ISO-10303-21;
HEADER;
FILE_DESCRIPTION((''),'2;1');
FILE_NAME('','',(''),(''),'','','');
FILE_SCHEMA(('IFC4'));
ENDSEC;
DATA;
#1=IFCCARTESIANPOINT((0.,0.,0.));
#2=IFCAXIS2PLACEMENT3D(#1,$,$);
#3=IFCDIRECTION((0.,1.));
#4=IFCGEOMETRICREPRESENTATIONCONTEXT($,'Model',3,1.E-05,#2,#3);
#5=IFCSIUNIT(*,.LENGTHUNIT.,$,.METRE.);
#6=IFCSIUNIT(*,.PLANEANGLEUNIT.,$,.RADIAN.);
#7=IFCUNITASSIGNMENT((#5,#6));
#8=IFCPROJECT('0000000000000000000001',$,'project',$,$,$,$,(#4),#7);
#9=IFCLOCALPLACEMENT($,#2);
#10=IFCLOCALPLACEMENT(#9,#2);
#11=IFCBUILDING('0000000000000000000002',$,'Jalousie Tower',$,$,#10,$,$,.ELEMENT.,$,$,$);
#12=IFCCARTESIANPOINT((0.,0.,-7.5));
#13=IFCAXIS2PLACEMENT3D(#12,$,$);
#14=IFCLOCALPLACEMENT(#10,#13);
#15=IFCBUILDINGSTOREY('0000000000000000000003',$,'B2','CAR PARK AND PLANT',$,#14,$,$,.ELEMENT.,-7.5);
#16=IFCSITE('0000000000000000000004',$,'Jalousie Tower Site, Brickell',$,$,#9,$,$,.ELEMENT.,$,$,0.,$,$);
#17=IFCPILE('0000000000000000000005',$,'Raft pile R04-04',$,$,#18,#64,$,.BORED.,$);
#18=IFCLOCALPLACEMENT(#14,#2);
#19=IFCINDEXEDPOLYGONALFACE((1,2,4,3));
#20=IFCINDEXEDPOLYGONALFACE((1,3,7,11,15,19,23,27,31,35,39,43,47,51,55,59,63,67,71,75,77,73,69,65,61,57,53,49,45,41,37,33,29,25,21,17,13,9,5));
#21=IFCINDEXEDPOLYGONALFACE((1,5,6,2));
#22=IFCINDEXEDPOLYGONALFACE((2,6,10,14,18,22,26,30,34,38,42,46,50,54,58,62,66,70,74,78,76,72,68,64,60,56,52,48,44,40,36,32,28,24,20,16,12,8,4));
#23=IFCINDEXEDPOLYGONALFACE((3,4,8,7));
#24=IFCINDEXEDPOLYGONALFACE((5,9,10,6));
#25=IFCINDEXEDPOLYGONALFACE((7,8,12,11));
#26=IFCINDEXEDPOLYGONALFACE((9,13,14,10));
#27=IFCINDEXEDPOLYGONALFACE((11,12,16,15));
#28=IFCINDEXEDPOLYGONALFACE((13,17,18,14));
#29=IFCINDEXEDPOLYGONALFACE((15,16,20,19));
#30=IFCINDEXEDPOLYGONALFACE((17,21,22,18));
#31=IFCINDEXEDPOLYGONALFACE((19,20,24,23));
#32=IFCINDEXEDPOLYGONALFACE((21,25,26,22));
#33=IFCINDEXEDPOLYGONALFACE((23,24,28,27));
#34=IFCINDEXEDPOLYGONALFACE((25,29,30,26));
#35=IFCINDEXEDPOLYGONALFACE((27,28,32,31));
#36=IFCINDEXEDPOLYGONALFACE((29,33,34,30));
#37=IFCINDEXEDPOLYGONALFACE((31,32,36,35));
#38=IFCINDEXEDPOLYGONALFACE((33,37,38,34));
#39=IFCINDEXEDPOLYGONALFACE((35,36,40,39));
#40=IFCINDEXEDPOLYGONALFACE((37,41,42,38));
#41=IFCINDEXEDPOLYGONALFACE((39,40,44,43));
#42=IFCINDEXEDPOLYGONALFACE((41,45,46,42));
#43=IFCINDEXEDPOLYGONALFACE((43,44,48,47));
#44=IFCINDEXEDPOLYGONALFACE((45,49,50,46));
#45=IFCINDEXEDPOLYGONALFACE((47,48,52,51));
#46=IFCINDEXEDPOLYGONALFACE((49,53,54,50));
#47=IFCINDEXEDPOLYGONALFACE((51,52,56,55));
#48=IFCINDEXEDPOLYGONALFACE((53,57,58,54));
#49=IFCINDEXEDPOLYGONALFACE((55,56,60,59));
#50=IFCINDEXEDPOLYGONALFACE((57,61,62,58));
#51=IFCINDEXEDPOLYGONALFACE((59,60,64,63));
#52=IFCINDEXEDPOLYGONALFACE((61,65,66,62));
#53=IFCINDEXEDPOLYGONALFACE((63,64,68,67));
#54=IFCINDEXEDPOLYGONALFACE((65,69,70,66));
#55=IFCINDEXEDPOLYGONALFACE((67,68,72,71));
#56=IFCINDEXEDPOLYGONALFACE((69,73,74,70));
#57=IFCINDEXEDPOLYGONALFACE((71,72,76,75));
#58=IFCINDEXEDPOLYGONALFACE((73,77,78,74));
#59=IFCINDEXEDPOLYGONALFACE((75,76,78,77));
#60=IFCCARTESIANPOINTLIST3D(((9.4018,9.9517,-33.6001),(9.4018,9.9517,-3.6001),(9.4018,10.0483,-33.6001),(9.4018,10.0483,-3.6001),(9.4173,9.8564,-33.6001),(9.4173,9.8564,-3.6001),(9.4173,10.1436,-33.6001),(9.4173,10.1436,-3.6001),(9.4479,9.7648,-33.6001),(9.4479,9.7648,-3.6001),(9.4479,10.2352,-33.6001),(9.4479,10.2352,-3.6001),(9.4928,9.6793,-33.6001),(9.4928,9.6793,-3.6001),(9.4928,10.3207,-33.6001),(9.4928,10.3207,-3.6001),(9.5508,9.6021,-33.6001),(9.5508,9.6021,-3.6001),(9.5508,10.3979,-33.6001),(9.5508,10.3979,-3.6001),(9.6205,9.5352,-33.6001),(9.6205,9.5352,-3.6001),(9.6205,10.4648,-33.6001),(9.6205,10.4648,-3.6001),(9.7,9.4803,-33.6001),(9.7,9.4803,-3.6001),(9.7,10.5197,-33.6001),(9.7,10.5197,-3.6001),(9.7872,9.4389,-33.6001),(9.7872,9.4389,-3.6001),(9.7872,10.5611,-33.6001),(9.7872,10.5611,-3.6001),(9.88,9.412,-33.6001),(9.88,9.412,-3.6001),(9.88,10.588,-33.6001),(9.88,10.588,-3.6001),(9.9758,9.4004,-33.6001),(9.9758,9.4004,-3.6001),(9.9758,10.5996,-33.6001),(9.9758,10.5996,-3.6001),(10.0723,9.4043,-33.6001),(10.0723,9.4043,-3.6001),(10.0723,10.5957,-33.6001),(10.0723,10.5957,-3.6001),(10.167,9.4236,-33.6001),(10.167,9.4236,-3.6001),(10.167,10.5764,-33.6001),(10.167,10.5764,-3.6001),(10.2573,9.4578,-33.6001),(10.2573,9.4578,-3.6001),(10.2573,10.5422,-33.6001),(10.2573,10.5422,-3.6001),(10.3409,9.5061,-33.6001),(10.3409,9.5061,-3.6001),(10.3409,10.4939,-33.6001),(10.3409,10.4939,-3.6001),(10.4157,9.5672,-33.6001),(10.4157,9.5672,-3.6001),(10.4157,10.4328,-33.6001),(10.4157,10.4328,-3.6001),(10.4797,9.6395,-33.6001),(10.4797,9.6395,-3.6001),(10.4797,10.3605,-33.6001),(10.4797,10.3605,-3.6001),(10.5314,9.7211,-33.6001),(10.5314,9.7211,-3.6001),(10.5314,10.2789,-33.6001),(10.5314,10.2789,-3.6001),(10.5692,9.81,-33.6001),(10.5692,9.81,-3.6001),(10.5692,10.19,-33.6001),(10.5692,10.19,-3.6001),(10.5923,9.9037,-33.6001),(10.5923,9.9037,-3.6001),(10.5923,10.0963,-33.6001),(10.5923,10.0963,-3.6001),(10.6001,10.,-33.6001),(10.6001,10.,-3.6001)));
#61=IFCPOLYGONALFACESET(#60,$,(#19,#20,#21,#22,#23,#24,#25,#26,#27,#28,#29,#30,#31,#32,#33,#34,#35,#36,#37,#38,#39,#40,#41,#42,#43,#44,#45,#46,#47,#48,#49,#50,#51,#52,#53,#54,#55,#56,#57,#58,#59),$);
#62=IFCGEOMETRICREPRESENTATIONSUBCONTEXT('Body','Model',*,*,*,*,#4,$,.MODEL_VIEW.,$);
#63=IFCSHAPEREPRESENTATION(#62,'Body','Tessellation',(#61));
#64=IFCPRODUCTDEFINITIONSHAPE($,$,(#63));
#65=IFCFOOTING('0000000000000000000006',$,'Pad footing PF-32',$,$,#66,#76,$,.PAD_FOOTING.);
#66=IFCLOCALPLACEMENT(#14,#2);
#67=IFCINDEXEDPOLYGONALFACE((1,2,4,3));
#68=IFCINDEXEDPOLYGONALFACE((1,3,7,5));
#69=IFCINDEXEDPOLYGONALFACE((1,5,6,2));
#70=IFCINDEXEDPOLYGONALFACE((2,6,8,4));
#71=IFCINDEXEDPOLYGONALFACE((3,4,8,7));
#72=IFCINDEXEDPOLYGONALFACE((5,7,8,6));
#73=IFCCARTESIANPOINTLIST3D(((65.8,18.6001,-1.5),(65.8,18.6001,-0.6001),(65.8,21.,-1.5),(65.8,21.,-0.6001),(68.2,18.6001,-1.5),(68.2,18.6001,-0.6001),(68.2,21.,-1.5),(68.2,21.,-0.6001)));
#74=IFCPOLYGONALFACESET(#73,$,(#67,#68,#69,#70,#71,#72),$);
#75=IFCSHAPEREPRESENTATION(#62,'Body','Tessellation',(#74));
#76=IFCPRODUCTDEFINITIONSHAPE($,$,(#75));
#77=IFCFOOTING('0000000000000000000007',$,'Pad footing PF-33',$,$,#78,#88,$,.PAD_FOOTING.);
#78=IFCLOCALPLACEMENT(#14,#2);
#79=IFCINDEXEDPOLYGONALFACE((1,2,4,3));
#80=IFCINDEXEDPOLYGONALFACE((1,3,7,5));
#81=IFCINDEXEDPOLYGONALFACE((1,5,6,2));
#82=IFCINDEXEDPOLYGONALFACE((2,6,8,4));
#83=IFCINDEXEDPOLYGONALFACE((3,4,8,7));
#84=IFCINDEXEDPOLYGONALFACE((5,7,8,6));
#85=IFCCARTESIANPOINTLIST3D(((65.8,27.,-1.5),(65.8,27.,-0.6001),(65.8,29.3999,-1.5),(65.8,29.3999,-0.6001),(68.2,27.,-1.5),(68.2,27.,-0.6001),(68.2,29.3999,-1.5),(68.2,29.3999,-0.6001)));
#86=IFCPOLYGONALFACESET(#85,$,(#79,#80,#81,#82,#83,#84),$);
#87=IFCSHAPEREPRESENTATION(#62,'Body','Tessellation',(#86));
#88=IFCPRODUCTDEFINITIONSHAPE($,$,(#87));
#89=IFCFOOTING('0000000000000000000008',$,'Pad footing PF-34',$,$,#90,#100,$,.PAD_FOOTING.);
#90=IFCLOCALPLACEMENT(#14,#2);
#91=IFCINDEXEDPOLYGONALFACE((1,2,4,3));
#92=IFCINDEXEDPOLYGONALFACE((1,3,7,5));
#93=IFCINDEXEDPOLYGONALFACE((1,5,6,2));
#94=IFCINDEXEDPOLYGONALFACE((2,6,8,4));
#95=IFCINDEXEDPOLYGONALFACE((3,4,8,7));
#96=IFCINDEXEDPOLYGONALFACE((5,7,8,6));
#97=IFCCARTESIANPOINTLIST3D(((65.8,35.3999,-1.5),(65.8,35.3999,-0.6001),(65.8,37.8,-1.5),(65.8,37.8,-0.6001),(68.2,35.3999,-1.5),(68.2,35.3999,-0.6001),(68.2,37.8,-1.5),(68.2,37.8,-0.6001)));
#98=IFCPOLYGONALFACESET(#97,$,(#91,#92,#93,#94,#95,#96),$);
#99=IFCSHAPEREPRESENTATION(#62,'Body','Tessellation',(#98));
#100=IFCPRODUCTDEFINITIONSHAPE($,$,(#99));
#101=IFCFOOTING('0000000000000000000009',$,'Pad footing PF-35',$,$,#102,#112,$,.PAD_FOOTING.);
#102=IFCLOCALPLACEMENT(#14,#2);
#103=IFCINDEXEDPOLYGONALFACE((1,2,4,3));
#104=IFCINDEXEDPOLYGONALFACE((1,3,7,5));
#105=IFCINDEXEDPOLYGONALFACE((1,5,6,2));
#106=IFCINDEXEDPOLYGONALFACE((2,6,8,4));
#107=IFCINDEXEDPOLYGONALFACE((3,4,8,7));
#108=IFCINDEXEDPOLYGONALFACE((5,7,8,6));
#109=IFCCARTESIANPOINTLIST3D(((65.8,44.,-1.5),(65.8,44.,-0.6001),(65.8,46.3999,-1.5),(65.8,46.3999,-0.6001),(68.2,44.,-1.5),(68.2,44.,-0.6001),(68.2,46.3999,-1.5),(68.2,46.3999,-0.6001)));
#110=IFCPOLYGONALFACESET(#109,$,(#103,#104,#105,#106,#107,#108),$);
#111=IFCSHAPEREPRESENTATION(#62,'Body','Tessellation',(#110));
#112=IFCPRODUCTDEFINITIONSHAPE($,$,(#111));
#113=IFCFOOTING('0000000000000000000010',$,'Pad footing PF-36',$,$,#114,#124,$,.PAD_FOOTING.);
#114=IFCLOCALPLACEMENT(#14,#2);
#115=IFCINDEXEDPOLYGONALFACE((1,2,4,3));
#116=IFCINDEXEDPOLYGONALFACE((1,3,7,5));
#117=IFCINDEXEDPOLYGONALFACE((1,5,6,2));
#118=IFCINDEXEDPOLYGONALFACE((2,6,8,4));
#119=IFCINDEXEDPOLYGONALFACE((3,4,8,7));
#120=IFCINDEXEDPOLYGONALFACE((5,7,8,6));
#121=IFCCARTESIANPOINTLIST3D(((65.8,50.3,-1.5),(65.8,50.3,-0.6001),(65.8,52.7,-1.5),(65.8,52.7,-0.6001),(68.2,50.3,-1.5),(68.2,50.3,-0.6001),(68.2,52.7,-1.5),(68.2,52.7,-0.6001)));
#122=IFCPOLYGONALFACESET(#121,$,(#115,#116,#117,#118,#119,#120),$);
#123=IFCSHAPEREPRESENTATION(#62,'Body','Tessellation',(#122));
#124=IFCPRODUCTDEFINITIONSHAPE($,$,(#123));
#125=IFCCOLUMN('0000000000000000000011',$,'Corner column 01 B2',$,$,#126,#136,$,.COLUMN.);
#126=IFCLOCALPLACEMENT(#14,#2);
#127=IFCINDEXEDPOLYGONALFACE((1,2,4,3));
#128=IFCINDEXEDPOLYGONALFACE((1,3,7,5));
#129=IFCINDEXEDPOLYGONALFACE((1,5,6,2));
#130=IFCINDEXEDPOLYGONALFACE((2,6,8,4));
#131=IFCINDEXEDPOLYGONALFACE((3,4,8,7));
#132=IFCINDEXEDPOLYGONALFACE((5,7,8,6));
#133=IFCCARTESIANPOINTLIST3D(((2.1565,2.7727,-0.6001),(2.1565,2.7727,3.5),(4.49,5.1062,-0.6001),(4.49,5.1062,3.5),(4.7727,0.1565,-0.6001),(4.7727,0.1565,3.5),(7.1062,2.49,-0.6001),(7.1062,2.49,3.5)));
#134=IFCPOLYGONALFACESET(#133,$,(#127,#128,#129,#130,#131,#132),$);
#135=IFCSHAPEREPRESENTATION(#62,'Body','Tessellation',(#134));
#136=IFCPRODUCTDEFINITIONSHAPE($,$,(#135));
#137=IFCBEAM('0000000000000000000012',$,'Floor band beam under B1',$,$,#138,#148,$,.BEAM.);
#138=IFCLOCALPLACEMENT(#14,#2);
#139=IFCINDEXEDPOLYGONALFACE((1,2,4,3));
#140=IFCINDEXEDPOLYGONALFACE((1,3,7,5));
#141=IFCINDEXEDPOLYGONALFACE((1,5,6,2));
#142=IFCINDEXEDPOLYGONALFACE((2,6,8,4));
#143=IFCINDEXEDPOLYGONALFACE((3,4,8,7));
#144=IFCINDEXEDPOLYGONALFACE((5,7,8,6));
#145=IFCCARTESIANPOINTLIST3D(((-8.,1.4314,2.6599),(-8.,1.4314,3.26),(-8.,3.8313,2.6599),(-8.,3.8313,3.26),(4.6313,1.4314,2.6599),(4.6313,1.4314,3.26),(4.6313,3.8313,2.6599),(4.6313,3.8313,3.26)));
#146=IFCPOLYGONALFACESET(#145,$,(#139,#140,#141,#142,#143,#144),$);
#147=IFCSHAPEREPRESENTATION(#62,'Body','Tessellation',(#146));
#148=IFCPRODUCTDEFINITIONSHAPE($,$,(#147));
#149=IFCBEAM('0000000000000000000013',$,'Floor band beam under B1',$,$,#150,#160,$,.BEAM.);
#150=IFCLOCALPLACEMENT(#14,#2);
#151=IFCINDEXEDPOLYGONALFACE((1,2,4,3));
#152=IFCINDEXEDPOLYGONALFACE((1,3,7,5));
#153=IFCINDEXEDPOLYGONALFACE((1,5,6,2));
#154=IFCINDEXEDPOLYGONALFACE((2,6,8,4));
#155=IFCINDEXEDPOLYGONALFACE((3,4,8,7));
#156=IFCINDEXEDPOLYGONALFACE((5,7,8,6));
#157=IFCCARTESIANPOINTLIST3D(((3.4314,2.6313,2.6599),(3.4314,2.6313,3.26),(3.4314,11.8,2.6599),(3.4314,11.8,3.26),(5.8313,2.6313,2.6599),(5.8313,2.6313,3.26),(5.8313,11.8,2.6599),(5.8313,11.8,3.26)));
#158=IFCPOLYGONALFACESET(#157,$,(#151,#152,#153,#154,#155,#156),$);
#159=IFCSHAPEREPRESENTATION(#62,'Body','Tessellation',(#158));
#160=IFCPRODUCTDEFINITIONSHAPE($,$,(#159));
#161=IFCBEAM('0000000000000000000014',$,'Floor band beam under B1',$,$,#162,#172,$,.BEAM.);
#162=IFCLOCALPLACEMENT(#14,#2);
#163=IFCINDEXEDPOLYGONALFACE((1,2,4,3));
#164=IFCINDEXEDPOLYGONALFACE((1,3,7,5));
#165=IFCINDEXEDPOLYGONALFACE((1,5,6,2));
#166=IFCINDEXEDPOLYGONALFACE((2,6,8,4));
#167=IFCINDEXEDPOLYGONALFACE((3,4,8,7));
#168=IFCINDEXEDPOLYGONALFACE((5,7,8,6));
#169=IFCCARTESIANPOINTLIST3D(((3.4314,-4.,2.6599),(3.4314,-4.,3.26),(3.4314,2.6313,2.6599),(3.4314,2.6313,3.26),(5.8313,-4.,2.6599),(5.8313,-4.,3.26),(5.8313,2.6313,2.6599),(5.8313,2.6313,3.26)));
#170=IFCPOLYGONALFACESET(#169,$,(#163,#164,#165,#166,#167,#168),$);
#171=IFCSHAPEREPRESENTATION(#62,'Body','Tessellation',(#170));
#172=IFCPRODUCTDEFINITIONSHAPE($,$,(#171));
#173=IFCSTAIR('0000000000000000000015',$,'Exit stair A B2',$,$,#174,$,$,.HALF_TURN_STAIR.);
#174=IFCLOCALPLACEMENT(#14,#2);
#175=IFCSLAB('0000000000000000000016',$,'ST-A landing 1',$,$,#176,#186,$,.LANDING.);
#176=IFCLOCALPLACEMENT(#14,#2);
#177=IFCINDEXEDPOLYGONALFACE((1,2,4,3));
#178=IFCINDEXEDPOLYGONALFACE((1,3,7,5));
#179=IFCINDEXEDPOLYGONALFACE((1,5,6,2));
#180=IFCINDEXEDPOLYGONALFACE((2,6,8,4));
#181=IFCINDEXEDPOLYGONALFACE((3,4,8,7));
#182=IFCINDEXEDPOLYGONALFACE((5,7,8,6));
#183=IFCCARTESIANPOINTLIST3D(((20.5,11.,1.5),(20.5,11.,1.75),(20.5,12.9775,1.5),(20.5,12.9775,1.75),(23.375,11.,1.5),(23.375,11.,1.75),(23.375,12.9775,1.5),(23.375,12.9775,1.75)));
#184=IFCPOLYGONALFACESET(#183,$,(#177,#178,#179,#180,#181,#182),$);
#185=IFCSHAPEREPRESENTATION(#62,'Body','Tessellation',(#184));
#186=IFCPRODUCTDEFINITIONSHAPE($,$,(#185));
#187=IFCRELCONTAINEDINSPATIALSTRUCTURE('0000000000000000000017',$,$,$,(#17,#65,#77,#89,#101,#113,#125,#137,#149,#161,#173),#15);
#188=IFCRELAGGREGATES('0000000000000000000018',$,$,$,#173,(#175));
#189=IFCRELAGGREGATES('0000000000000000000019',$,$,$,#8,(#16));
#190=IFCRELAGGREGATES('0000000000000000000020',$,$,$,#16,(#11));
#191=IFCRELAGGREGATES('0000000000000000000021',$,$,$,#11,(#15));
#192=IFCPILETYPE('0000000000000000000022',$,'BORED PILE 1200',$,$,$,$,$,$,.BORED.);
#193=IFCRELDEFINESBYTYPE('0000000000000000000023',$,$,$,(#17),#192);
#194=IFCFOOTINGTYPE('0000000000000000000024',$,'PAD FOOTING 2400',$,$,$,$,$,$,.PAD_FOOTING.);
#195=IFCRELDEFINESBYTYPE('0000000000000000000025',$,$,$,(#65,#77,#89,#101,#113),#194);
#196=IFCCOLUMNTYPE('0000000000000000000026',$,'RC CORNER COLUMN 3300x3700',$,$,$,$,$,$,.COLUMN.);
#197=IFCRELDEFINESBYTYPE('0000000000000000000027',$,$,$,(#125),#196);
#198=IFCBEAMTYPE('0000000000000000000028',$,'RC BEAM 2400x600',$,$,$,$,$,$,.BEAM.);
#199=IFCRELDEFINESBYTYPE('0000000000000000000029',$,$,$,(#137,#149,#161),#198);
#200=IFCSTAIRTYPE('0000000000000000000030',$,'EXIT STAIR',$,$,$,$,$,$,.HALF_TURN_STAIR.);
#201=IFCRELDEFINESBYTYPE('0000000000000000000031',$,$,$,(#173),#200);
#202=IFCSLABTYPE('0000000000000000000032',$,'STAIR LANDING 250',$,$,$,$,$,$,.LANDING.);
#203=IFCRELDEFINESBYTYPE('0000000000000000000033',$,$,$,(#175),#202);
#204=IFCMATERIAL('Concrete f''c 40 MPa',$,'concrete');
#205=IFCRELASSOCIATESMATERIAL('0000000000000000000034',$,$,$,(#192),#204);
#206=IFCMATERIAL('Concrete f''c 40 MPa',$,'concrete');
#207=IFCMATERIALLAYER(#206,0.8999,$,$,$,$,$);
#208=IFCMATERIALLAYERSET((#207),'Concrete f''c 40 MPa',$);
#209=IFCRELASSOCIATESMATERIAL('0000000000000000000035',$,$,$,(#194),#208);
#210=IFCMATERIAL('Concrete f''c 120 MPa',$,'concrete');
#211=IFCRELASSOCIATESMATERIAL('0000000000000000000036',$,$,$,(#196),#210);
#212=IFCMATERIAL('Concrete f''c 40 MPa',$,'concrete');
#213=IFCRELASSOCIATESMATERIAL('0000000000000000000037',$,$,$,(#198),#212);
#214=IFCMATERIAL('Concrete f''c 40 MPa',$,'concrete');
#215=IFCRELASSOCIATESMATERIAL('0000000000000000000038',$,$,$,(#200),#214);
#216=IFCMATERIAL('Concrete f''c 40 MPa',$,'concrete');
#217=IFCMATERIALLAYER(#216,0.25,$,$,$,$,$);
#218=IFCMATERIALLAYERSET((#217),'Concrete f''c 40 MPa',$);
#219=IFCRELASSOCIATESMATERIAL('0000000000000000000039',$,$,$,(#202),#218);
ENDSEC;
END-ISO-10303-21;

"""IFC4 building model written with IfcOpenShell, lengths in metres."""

from ifc_helpers import new_model, si_unit, direction, frame, origin, origin_2d, place, context, subcontext, project, spatial, polyline, rectangle, circle, outline, extrude, material, layer, layer_set, material_profile, profile_set, type_object, element, aggregate, save


model = new_model("IFC4")

# Units and contexts
model_context = context("Model", 3, precision=1e-05, world=origin(), true_north=direction((0.0, 1.0)))
body_context = subcontext(model_context, "Body", "Model", "MODEL_VIEW")
ifc_project = project(units=[si_unit("LENGTHUNIT", "METRE"), si_unit("PLANEANGLEUNIT", "RADIAN")], contexts=[model_context])

# Site, building, storey
site_placement = place(None, origin())
site = spatial("IfcSite", under=ifc_project, at=site_placement, Name="Jalousie Tower Site, Brickell", CompositionType="ELEMENT", RefElevation=0.0)
building_placement = place(site_placement, origin())
building = spatial("IfcBuilding", under=site, at=building_placement, Name="Jalousie Tower", CompositionType="ELEMENT")
storey_placement = place(building_placement, frame((0.0, 0.0, -7.5)))
storey = spatial("IfcBuildingStorey", under=building, at=storey_placement, Name="B2", Description="CAR PARK AND PLANT", CompositionType="ELEMENT", Elevation=-7.5)

# Pile
ifc_material_1 = material(Name="Concrete f'c 40 MPa", Category="concrete")
ifc_material_profile_1 = material_profile(ifc_material_1, circle(Radius=0.6001, at=origin_2d()), Name="BORED PILE D1200")
ifc_profile_set_1 = profile_set([ifc_material_profile_1], Name="Concrete f'c 40 MPa")
pile_type = type_object("IfcPileType", Name="BORED PILE 1200", PredefinedType="BORED", material=ifc_profile_set_1)
for number, where, z_axis, x_axis, name in (
    (1, (10.0, 10.0, -3.6001), (0.0, 0.0, -1.0), (1.0, 0.0, 0.0), "Raft pile R04-04"),
):
    element("IfcPile", number, at=place(storey_placement, frame(where, z_axis=z_axis, x_axis=x_axis)), inside=storey, type_object=pile_type, Name=name, PredefinedType="BORED", context=body_context, shape_type="SweptSolid", body=[
        extrude(circle(Radius=0.6001, at=origin_2d()), origin(), (0.0, 0.0, 1.0), 30.0),
    ])

# Footings
ifc_material_2 = material(Name="Concrete f'c 40 MPa", Category="concrete")
ifc_layer_1 = layer(ifc_material_2, 0.8999)
ifc_layer_set_1 = layer_set([ifc_layer_1], Name="Concrete f'c 40 MPa")
footing_type = type_object("IfcFootingType", Name="PAD FOOTING 2400", PredefinedType="PAD_FOOTING", material=ifc_layer_set_1)
footing_1_placement = place(storey_placement, frame((0.0, 0.0, -1.5)))
element("IfcFooting", 2, at=footing_1_placement, inside=storey, type_object=footing_type, Name="Pad footing PF-32", PredefinedType="PAD_FOOTING", context=body_context, shape_type="SweptSolid", body=[
    extrude(outline(polyline([(65.8, 18.6001), (68.2, 18.6001), (68.2, 21.0), (65.8, 21.0), (65.8, 18.6001)])), origin(), (0.0, 0.0, 1.0), 0.8999),
])
footing_2_placement = place(storey_placement, frame((0.0, 0.0, -1.5)))
element("IfcFooting", 3, at=footing_2_placement, inside=storey, type_object=footing_type, Name="Pad footing PF-33", PredefinedType="PAD_FOOTING", context=body_context, shape_type="SweptSolid", body=[
    extrude(outline(polyline([(65.8, 27.0), (68.2, 27.0), (68.2, 29.3999), (65.8, 29.3999), (65.8, 27.0)])), origin(), (0.0, 0.0, 1.0), 0.8999),
])
footing_3_placement = place(storey_placement, frame((0.0, 0.0, -1.5)))
element("IfcFooting", 4, at=footing_3_placement, inside=storey, type_object=footing_type, Name="Pad footing PF-34", PredefinedType="PAD_FOOTING", context=body_context, shape_type="SweptSolid", body=[
    extrude(outline(polyline([(65.8, 35.3999), (68.2, 35.3999), (68.2, 37.8), (65.8, 37.8), (65.8, 35.3999)])), origin(), (0.0, 0.0, 1.0), 0.8999),
])
footing_4_placement = place(storey_placement, frame((0.0, 0.0, -1.5)))
element("IfcFooting", 5, at=footing_4_placement, inside=storey, type_object=footing_type, Name="Pad footing PF-35", PredefinedType="PAD_FOOTING", context=body_context, shape_type="SweptSolid", body=[
    extrude(outline(polyline([(65.8, 44.0), (68.2, 44.0), (68.2, 46.3999), (65.8, 46.3999), (65.8, 44.0)])), origin(), (0.0, 0.0, 1.0), 0.8999),
])
footing_5_placement = place(storey_placement, frame((0.0, 0.0, -1.5)))
element("IfcFooting", 6, at=footing_5_placement, inside=storey, type_object=footing_type, Name="Pad footing PF-36", PredefinedType="PAD_FOOTING", context=body_context, shape_type="SweptSolid", body=[
    extrude(outline(polyline([(65.8, 50.3), (68.2, 50.3), (68.2, 52.7), (65.8, 52.7), (65.8, 50.3)])), origin(), (0.0, 0.0, 1.0), 0.8999),
])

# Column
ifc_material_3 = material(Name="Concrete f'c 120 MPa", Category="concrete")
ifc_material_profile_2 = material_profile(ifc_material_3, rectangle(XDim=3.3, YDim=3.7, at=origin_2d()), Name="RC 3300x3700")
ifc_profile_set_2 = profile_set([ifc_material_profile_2], Name="Concrete f'c 120 MPa")
column_type = type_object("IfcColumnType", Name="RC CORNER COLUMN 3300x3700", PredefinedType="COLUMN", material=ifc_profile_set_2)
column_placement = place(storey_placement, frame((4.6313, 2.6313, -0.6001), z_axis=(0.0, 0.0, 1.0), x_axis=(0.707107, 0.707107, 0.0)))
element("IfcColumn", 7, at=column_placement, inside=storey, type_object=column_type, Name="Corner column 01 B2", PredefinedType="COLUMN", context=body_context, shape_type="SweptSolid", body=[
    extrude(rectangle(XDim=3.3, YDim=3.7, at=origin_2d()), origin(), (0.0, 0.0, 1.0), 4.1001),
])

# Beams
ifc_material_4 = material(Name="Concrete f'c 40 MPa", Category="concrete")
ifc_material_profile_3 = material_profile(ifc_material_4, rectangle(XDim=2.3999, YDim=0.6001, at=origin_2d()), Name="RC 2400x600")
ifc_profile_set_3 = profile_set([ifc_material_profile_3], Name="Concrete f'c 40 MPa")
beam_type = type_object("IfcBeamType", Name="RC BEAM 2400x600", PredefinedType="BEAM", material=ifc_profile_set_3)
beam_1_placement = place(storey_placement, frame((4.6313, 2.6313, 2.96), z_axis=(-1.0, 0.0, 0.0), x_axis=(0.0, -1.0, 0.0)))
element("IfcBeam", 8, at=beam_1_placement, inside=storey, type_object=beam_type, Name="Floor band beam under B1", PredefinedType="BEAM", context=body_context, shape_type="SweptSolid", body=[
    extrude(rectangle(XDim=2.3999, YDim=0.6001, at=origin_2d()), origin(), (0.0, 0.0, 1.0), 12.6313),
])
beam_2_placement = place(storey_placement, frame((4.6313, 2.6313, 2.96), z_axis=(0.0, 1.0, 0.0), x_axis=(-1.0, 0.0, 0.0)))
element("IfcBeam", 9, at=beam_2_placement, inside=storey, type_object=beam_type, Name="Floor band beam under B1", PredefinedType="BEAM", context=body_context, shape_type="SweptSolid", body=[
    extrude(rectangle(XDim=2.3999, YDim=0.6001, at=origin_2d()), origin(), (0.0, 0.0, 1.0), 9.1687),
])
beam_3_placement = place(storey_placement, frame((4.6313, 2.6313, 2.96), z_axis=(0.0, -1.0, 0.0), x_axis=(1.0, 0.0, 0.0)))
element("IfcBeam", 10, at=beam_3_placement, inside=storey, type_object=beam_type, Name="Floor band beam under B1", PredefinedType="BEAM", context=body_context, shape_type="SweptSolid", body=[
    extrude(rectangle(XDim=2.3999, YDim=0.6001, at=origin_2d()), origin(), (0.0, 0.0, 1.0), 6.6313),
])

# Stair, slab
ifc_material_5 = material(Name="Concrete f'c 40 MPa", Category="concrete")
stair_type_1 = type_object("IfcStairType", Name="EXIT STAIR", PredefinedType="HALF_TURN_STAIR", material=ifc_material_5)
stair_1_placement = place(storey_placement, origin())
stair_1 = element("IfcStair", 11, at=stair_1_placement, inside=storey, type_object=stair_type_1, Name="Exit stair A B2", PredefinedType="HALF_TURN_STAIR")
ifc_material_6 = material(Name="Concrete f'c 40 MPa", Category="concrete")
ifc_layer_2 = layer(ifc_material_6, 0.25)
ifc_layer_set_2 = layer_set([ifc_layer_2], Name="Concrete f'c 40 MPa")
slab_type = type_object("IfcSlabType", Name="STAIR LANDING 250", PredefinedType="LANDING", material=ifc_layer_set_2)
slab_1_placement = place(storey_placement, frame((0.0, 0.0, 1.5)))
slab_1 = element("IfcSlab", 12, at=slab_1_placement, type_object=slab_type, Name="ST-A landing 1", PredefinedType="LANDING", context=body_context, shape_type="SweptSolid", body=[
    extrude(outline(polyline([(20.5, 11.0), (23.375, 11.0), (23.375, 12.9775), (20.5, 12.9775), (20.5, 11.0)])), origin(), (0.0, 0.0, 1.0), 0.25),
])
aggregate(stair_1, [slab_1])

save(model, "model.ifc")
